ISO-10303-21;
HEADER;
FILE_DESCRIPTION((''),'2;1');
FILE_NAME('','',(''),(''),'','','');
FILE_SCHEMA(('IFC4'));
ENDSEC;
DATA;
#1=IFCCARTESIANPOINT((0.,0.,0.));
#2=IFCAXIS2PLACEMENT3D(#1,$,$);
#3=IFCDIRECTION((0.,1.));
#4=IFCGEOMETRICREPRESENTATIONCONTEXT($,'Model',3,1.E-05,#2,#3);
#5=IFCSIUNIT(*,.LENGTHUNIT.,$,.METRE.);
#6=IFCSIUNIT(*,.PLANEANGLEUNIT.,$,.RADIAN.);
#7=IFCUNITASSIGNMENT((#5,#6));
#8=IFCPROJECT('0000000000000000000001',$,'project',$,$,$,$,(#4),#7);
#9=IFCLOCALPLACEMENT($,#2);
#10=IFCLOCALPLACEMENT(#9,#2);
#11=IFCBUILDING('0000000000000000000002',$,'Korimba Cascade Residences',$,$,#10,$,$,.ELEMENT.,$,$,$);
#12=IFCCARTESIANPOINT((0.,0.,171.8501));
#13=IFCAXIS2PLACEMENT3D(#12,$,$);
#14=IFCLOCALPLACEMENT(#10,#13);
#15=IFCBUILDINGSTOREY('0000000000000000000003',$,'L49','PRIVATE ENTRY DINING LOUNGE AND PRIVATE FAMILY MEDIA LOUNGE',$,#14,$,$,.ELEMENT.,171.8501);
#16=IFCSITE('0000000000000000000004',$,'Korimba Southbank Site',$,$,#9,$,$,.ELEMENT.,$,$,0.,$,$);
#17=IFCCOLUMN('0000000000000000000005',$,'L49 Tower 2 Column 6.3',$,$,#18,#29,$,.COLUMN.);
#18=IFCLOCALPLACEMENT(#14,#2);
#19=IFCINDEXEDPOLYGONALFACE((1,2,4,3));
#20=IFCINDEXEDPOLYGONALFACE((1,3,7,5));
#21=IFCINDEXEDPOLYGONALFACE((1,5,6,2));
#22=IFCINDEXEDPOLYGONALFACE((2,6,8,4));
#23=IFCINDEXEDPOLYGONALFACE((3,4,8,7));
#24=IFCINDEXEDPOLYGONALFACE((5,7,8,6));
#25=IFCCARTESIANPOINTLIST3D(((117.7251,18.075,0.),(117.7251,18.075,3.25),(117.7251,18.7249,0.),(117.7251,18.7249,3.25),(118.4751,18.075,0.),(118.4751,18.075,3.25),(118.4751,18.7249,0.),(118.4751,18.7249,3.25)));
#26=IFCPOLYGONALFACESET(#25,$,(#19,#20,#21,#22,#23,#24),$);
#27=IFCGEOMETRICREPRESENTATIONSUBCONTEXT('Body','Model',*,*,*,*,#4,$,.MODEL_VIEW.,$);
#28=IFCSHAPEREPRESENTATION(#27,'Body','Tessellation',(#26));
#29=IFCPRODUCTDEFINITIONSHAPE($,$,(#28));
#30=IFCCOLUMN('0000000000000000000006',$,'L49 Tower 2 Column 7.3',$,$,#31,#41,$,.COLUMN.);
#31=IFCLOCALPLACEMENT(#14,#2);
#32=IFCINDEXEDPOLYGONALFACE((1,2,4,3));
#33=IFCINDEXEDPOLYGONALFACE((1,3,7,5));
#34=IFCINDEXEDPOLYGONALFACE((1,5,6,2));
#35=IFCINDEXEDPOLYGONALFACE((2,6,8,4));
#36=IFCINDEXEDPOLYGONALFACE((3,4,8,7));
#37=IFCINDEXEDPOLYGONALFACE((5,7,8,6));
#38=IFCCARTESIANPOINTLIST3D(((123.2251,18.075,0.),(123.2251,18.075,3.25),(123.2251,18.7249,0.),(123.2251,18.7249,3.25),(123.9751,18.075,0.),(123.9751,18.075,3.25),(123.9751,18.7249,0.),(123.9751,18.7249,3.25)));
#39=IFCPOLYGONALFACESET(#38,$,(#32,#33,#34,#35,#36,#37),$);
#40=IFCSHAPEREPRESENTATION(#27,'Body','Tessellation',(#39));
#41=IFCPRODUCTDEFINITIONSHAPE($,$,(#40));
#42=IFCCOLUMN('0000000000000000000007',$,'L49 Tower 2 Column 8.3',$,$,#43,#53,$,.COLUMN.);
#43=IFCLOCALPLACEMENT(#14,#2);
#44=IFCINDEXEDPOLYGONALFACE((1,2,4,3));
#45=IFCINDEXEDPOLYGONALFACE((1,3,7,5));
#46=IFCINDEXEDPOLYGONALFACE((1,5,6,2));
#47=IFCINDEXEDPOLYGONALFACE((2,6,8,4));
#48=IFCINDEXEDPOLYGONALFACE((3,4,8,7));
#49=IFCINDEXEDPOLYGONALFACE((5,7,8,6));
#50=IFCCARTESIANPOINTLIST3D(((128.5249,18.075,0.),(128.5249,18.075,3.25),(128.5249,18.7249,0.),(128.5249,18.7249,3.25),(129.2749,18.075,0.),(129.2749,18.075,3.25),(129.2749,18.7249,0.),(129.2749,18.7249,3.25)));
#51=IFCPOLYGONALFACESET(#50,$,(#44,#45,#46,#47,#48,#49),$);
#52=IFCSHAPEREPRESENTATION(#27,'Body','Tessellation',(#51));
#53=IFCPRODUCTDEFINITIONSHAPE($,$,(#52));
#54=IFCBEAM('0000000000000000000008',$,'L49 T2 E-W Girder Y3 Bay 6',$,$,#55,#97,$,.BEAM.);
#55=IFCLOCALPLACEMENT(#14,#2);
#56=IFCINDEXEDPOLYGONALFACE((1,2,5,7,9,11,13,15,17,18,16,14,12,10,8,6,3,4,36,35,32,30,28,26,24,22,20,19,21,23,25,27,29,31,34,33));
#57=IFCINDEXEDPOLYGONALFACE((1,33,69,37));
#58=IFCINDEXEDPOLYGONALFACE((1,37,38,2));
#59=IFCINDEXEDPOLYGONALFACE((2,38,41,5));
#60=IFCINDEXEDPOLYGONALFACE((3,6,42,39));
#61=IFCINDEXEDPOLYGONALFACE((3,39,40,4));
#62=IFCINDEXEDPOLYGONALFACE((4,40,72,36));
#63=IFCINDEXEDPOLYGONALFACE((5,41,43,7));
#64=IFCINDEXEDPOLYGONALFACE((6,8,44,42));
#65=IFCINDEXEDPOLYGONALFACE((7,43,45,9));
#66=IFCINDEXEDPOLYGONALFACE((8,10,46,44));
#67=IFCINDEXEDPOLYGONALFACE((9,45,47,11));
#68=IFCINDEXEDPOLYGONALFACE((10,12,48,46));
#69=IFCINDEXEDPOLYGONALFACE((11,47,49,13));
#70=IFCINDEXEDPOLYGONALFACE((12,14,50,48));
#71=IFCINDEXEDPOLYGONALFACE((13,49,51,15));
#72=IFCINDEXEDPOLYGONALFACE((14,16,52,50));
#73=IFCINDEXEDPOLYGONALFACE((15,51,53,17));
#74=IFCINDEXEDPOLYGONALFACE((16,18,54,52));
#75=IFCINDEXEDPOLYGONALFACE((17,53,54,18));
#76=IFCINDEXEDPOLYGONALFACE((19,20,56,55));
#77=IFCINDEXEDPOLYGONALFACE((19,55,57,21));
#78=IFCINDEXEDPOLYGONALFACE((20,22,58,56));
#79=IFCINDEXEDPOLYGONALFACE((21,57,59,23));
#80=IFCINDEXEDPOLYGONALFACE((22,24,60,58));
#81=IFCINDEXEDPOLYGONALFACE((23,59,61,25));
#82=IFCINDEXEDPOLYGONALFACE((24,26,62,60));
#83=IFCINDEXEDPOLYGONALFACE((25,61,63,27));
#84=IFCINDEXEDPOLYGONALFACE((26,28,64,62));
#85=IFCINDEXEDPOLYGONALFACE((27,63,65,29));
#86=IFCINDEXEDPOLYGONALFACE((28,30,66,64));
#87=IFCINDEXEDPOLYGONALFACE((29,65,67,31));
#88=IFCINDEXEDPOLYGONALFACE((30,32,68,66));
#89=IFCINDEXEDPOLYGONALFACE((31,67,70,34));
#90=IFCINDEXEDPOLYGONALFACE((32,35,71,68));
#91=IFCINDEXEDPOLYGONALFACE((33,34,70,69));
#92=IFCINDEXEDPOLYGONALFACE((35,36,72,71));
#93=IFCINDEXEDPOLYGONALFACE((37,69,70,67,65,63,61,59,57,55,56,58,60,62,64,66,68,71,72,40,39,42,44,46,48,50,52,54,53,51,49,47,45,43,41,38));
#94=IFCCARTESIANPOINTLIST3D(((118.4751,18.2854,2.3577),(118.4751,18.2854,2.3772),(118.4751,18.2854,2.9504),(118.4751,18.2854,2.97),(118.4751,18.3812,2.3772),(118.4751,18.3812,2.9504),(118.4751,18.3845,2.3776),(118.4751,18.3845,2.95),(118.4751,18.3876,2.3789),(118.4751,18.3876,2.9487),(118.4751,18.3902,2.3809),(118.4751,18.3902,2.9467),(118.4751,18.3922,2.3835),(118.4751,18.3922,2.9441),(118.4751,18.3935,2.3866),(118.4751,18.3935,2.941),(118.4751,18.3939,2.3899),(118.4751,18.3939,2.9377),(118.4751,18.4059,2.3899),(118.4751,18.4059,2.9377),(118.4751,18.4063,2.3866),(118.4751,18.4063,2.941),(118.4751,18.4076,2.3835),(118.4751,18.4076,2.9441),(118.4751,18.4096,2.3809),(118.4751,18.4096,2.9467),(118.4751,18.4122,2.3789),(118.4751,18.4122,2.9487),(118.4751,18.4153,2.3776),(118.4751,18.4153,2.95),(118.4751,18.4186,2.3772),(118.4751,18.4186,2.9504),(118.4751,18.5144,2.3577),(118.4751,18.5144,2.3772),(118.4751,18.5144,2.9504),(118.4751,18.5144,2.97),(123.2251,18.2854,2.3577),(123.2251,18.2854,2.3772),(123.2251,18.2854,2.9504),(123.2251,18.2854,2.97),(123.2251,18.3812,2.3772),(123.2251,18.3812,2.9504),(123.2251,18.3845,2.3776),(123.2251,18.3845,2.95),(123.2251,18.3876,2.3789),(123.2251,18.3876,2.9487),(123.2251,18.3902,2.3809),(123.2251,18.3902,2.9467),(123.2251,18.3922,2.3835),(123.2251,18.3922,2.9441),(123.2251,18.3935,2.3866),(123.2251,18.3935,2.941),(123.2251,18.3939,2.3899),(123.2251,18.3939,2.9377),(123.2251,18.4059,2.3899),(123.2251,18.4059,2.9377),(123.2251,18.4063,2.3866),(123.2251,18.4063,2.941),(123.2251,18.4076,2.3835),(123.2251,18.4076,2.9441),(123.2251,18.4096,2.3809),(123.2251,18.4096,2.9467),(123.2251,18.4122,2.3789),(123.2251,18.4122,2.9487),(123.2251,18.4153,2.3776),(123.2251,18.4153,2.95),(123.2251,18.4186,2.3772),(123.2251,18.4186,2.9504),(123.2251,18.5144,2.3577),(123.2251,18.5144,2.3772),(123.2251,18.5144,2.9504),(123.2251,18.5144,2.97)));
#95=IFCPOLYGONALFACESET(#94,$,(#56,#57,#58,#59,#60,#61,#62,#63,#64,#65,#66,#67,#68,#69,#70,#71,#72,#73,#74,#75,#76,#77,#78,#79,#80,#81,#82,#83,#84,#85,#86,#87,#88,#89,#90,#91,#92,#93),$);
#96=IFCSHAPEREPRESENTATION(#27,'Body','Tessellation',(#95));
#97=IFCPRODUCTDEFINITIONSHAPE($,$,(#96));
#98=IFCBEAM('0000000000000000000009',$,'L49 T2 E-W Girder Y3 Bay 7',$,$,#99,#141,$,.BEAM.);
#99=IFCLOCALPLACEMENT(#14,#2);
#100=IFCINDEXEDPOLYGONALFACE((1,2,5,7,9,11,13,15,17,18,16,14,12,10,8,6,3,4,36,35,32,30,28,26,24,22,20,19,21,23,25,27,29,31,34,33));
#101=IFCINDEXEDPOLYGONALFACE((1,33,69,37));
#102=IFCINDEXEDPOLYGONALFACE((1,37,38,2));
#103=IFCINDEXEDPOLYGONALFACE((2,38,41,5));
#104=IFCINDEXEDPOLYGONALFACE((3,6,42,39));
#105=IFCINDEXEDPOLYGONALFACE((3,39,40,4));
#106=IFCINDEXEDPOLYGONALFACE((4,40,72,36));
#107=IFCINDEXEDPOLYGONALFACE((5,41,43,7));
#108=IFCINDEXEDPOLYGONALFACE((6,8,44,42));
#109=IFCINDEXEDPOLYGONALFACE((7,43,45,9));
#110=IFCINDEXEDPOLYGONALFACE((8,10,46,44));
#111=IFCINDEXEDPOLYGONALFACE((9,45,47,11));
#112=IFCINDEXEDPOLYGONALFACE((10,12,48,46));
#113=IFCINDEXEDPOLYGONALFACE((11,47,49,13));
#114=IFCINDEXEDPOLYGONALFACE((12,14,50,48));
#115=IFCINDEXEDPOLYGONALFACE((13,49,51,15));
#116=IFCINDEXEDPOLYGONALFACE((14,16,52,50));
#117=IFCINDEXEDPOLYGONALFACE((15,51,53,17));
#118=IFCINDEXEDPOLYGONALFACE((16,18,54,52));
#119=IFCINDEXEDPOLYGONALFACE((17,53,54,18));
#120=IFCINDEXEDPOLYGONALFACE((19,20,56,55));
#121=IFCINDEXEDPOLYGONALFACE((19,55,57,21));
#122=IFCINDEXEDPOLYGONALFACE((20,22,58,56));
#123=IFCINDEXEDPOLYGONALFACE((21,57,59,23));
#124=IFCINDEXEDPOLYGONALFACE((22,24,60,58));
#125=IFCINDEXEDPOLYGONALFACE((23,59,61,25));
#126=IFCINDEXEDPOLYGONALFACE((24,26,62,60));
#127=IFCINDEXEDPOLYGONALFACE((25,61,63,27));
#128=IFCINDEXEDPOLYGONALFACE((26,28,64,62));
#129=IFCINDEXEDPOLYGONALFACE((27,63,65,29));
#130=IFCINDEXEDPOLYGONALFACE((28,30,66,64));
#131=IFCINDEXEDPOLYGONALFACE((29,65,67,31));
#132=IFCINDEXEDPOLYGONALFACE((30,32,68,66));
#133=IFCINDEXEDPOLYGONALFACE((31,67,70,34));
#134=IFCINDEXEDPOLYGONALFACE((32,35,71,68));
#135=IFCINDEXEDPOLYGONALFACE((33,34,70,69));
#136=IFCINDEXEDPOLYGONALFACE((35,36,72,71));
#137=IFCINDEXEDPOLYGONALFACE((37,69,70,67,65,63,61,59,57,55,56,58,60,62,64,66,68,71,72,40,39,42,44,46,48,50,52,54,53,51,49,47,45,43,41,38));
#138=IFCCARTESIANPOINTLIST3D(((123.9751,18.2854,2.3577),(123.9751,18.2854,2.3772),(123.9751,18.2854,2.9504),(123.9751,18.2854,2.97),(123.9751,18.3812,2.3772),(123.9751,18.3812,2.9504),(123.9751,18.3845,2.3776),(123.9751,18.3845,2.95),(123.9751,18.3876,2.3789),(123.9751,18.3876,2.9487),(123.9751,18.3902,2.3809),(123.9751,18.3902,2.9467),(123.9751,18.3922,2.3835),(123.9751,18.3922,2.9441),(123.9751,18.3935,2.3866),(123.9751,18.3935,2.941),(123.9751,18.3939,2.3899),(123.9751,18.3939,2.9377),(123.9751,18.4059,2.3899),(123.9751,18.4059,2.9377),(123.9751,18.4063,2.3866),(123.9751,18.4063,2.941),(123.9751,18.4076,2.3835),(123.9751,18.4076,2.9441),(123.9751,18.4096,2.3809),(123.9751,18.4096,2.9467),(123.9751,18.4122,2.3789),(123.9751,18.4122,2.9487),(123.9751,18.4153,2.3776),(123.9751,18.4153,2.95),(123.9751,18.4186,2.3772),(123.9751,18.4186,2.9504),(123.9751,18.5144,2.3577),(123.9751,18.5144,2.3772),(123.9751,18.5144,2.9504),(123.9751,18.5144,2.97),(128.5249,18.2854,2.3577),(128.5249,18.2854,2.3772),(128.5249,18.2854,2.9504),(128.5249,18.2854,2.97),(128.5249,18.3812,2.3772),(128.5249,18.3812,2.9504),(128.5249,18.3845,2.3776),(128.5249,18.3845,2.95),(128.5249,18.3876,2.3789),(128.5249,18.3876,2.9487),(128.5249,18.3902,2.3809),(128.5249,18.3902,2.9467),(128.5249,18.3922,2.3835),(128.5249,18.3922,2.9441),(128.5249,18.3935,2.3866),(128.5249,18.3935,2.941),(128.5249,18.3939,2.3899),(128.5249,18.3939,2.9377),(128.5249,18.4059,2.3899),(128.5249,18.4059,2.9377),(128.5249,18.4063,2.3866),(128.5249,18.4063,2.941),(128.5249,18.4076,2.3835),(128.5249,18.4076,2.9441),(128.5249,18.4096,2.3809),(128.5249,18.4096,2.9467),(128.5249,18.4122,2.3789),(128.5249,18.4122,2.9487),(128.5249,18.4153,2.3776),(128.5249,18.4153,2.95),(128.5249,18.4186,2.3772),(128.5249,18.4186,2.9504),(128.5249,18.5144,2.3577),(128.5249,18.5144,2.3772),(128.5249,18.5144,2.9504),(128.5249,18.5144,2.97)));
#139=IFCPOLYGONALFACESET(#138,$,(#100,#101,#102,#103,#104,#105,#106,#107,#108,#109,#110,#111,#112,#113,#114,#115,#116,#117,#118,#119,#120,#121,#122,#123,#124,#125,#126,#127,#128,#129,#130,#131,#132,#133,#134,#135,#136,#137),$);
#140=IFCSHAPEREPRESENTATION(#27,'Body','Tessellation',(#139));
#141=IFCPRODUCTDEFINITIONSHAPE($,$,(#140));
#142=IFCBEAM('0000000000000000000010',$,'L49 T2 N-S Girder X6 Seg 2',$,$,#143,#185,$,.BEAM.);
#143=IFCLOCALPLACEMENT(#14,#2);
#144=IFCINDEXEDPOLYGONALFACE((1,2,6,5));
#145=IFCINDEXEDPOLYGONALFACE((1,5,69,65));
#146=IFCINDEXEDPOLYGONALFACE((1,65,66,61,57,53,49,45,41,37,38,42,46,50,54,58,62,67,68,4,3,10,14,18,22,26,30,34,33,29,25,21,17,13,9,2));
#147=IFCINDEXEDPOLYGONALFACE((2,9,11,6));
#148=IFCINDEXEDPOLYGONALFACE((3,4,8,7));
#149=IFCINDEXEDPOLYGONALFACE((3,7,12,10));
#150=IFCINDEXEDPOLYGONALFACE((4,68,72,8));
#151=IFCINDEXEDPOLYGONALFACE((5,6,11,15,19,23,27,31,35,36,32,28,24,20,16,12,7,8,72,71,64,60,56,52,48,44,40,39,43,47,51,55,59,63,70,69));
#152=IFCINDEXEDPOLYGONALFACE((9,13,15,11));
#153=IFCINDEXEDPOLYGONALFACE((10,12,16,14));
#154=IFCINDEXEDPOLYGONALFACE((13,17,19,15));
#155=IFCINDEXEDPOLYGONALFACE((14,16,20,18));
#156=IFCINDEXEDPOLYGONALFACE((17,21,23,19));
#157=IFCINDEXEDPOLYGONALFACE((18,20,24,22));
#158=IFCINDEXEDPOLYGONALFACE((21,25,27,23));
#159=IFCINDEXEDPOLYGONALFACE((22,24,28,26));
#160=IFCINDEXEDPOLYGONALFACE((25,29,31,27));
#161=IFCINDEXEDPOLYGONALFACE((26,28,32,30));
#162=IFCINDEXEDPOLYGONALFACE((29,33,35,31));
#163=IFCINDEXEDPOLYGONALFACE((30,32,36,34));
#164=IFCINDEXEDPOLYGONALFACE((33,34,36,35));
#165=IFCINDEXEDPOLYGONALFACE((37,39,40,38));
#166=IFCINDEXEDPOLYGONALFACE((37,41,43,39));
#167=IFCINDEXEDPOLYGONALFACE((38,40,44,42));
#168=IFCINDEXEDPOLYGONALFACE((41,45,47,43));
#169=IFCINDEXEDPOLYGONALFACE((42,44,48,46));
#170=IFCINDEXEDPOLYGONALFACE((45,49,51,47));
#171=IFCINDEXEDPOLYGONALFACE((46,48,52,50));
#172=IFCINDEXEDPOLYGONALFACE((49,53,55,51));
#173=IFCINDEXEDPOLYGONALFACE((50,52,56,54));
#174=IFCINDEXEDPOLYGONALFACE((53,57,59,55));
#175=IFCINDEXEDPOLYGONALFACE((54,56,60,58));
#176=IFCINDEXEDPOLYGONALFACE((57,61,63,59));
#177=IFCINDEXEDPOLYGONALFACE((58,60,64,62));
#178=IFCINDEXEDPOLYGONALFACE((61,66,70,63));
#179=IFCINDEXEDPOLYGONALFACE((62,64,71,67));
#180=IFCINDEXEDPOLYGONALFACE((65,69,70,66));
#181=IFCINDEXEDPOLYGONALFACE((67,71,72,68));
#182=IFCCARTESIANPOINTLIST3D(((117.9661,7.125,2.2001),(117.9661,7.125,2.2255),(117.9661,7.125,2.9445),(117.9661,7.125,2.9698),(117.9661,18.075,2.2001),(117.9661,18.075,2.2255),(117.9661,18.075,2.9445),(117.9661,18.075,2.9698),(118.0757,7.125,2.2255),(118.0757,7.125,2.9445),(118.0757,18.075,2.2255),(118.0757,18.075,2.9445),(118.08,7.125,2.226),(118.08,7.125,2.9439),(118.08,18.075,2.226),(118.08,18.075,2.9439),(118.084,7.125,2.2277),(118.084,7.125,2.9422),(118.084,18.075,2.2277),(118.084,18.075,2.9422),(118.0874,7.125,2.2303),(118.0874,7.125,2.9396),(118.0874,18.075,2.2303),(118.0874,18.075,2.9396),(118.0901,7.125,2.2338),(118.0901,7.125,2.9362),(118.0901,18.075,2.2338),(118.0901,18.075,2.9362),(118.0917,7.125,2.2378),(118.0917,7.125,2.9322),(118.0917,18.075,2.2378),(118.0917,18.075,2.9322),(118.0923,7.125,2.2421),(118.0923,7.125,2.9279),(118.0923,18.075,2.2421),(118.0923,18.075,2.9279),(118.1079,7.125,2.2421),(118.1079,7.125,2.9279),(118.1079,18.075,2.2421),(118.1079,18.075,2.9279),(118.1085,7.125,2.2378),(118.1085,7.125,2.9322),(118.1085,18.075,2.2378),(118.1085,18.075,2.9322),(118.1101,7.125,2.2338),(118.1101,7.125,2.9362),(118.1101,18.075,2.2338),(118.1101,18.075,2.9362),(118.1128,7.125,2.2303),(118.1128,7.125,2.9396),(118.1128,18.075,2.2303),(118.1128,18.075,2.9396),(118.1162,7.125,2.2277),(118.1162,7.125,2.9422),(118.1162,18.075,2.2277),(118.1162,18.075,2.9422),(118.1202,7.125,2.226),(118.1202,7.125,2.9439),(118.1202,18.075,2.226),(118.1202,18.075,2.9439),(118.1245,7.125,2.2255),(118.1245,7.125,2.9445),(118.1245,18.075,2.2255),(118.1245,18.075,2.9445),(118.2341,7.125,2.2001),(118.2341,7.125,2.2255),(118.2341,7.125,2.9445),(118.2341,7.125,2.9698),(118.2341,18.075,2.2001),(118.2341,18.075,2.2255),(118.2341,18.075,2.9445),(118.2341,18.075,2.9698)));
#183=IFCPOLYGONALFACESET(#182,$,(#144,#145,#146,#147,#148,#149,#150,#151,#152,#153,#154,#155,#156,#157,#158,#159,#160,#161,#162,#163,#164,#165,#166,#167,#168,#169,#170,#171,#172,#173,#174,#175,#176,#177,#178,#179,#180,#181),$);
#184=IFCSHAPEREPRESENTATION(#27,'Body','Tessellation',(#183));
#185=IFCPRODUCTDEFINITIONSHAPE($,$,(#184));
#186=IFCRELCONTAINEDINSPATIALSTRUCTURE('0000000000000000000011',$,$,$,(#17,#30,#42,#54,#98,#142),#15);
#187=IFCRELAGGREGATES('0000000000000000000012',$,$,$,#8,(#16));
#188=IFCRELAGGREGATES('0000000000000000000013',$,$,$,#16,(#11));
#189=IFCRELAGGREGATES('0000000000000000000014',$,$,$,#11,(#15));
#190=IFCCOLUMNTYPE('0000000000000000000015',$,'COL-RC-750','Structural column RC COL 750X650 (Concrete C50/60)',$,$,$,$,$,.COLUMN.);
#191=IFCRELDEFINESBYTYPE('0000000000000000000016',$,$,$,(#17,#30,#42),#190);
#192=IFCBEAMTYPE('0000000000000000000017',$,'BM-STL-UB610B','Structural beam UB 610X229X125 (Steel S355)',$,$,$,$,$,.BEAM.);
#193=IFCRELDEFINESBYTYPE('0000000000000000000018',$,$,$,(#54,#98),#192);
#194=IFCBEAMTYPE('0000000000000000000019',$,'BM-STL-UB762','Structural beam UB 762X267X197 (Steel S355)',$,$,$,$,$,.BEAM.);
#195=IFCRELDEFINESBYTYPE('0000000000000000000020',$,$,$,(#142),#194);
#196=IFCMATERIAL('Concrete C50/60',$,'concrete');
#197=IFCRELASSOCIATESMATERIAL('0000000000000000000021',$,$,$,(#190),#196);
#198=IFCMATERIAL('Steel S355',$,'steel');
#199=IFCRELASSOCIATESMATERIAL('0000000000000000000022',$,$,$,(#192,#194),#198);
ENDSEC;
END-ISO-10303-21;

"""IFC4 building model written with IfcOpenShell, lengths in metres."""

from ifc_helpers import new_model, si_unit, direction, frame, origin, origin_2d, place, context, subcontext, project, spatial, rectangle, i_section, extrude, material, material_profile, profile_set, type_object, element, save


model = new_model("IFC4")

# Units and contexts
model_context = context("Model", 3, precision=1e-05, world=origin(), true_north=direction((0.0, 1.0)))
body_context = subcontext(model_context, "Body", "Model", "MODEL_VIEW")
ifc_project = project(units=[si_unit("LENGTHUNIT", "METRE"), si_unit("PLANEANGLEUNIT", "RADIAN")], contexts=[model_context])

# Site, building, storey
site_placement = place(None, origin())
site = spatial("IfcSite", under=ifc_project, at=site_placement, Name="Korimba Southbank Site", CompositionType="ELEMENT", RefElevation=0.0)
building_placement = place(site_placement, origin())
building = spatial("IfcBuilding", under=site, at=building_placement, Name="Korimba Cascade Residences", CompositionType="ELEMENT")
storey_placement = place(building_placement, frame((0.0, 0.0, 171.8501)))
storey = spatial("IfcBuildingStorey", under=building, at=storey_placement, Name="L49", Description="PRIVATE ENTRY DINING LOUNGE AND PRIVATE FAMILY MEDIA LOUNGE", CompositionType="ELEMENT", Elevation=171.8501)

# Columns
ifc_material_1 = material(Name="Concrete C50/60", Category="concrete")
ifc_material_profile_1 = material_profile(ifc_material_1, rectangle(XDim=0.75, YDim=0.6499, at=origin_2d()), Name="Concrete C50/60")
ifc_profile_set_1 = profile_set([ifc_material_profile_1], Name="Concrete C50/60")
column_type = type_object("IfcColumnType", Name="COL-RC-750", Description="Structural column RC COL 750X650 (Concrete C50/60)", PredefinedType="COLUMN", material=ifc_profile_set_1)
for number, where, z_axis, x_axis, name in (
    (1, (118.1001, 18.3999, 0.0), (0.0, 0.0, 1.0), (1.0, 0.0, 0.0), "L49 Tower 2 Column 6.3"),
    (2, (123.6001, 18.3999, 0.0), (0.0, 0.0, 1.0), (1.0, 0.0, 0.0), "L49 Tower 2 Column 7.3"),
    (3, (128.8999, 18.3999, 0.0), (0.0, 0.0, 1.0), (1.0, 0.0, 0.0), "L49 Tower 2 Column 8.3"),
):
    element("IfcColumn", number, at=place(storey_placement, frame(where, z_axis=z_axis, x_axis=x_axis)), inside=storey, type_object=column_type, Name=name, PredefinedType="COLUMN", context=body_context, shape_type="SweptSolid", body=[
        extrude(rectangle(XDim=0.75, YDim=0.6499, at=origin_2d()), origin(), (0.0, 0.0, 1.0), 3.25),
    ])

# Beams
ifc_material_2 = material(Name="Steel S355", Category="steel")
ifc_material_profile_2 = material_profile(ifc_material_2, i_section(OverallWidth=0.229, OverallDepth=0.6123, WebThickness=0.012, FlangeThickness=0.0195, FilletRadius=0.0127, at=origin_2d()), Name="Steel S355")
ifc_profile_set_2 = profile_set([ifc_material_profile_2], Name="Steel S355")
beam_type_1 = type_object("IfcBeamType", Name="BM-STL-UB610B", Description="Structural beam UB 610X229X125 (Steel S355)", PredefinedType="BEAM", material=ifc_profile_set_2)
beam_1_placement = place(storey_placement, frame((118.4751, 18.3999, 2.6638), z_axis=(1.0, 0.0, 0.0), x_axis=(0.0, 1.0, 0.0)))
element("IfcBeam", 4, at=beam_1_placement, inside=storey, type_object=beam_type_1, Name="L49 T2 E-W Girder Y3 Bay 6", PredefinedType="BEAM", context=body_context, shape_type="SweptSolid", body=[
    extrude(i_section(OverallWidth=0.229, OverallDepth=0.6123, WebThickness=0.012, FlangeThickness=0.0195, FilletRadius=0.0127, at=origin_2d()), origin(), (0.0, 0.0, 1.0), 4.75),
])
beam_2_placement = place(storey_placement, frame((123.9751, 18.3999, 2.6638), z_axis=(1.0, 0.0, 0.0), x_axis=(0.0, 1.0, 0.0)))
element("IfcBeam", 5, at=beam_2_placement, inside=storey, type_object=beam_type_1, Name="L49 T2 E-W Girder Y3 Bay 7", PredefinedType="BEAM", context=body_context, shape_type="SweptSolid", body=[
    extrude(i_section(OverallWidth=0.229, OverallDepth=0.6123, WebThickness=0.012, FlangeThickness=0.0195, FilletRadius=0.0127, at=origin_2d()), origin(), (0.0, 0.0, 1.0), 4.5498),
])
ifc_material_profile_3 = material_profile(ifc_material_2, i_section(OverallWidth=0.2681, OverallDepth=0.7698, WebThickness=0.0156, FlangeThickness=0.0254, FilletRadius=0.0166, at=origin_2d()), Name="Steel S355")
ifc_profile_set_3 = profile_set([ifc_material_profile_3], Name="Steel S355")
beam_type_2 = type_object("IfcBeamType", Name="BM-STL-UB762", Description="Structural beam UB 762X267X197 (Steel S355)", PredefinedType="BEAM", material=ifc_profile_set_3)
for number, where, z_axis, x_axis, name in (
    (6, (118.1001, 7.125, 2.585), (0.0, 1.0, 0.0), (-1.0, 0.0, 0.0), "L49 T2 N-S Girder X6 Seg 2"),
):
    element("IfcBeam", number, at=place(storey_placement, frame(where, z_axis=z_axis, x_axis=x_axis)), inside=storey, type_object=beam_type_2, Name=name, PredefinedType="BEAM", context=body_context, shape_type="SweptSolid", body=[
        extrude(i_section(OverallWidth=0.2681, OverallDepth=0.7698, WebThickness=0.0156, FlangeThickness=0.0254, FilletRadius=0.0166, at=origin_2d()), origin(), (0.0, 0.0, 1.0), 10.95),
    ])

save(model, "model.ifc")
